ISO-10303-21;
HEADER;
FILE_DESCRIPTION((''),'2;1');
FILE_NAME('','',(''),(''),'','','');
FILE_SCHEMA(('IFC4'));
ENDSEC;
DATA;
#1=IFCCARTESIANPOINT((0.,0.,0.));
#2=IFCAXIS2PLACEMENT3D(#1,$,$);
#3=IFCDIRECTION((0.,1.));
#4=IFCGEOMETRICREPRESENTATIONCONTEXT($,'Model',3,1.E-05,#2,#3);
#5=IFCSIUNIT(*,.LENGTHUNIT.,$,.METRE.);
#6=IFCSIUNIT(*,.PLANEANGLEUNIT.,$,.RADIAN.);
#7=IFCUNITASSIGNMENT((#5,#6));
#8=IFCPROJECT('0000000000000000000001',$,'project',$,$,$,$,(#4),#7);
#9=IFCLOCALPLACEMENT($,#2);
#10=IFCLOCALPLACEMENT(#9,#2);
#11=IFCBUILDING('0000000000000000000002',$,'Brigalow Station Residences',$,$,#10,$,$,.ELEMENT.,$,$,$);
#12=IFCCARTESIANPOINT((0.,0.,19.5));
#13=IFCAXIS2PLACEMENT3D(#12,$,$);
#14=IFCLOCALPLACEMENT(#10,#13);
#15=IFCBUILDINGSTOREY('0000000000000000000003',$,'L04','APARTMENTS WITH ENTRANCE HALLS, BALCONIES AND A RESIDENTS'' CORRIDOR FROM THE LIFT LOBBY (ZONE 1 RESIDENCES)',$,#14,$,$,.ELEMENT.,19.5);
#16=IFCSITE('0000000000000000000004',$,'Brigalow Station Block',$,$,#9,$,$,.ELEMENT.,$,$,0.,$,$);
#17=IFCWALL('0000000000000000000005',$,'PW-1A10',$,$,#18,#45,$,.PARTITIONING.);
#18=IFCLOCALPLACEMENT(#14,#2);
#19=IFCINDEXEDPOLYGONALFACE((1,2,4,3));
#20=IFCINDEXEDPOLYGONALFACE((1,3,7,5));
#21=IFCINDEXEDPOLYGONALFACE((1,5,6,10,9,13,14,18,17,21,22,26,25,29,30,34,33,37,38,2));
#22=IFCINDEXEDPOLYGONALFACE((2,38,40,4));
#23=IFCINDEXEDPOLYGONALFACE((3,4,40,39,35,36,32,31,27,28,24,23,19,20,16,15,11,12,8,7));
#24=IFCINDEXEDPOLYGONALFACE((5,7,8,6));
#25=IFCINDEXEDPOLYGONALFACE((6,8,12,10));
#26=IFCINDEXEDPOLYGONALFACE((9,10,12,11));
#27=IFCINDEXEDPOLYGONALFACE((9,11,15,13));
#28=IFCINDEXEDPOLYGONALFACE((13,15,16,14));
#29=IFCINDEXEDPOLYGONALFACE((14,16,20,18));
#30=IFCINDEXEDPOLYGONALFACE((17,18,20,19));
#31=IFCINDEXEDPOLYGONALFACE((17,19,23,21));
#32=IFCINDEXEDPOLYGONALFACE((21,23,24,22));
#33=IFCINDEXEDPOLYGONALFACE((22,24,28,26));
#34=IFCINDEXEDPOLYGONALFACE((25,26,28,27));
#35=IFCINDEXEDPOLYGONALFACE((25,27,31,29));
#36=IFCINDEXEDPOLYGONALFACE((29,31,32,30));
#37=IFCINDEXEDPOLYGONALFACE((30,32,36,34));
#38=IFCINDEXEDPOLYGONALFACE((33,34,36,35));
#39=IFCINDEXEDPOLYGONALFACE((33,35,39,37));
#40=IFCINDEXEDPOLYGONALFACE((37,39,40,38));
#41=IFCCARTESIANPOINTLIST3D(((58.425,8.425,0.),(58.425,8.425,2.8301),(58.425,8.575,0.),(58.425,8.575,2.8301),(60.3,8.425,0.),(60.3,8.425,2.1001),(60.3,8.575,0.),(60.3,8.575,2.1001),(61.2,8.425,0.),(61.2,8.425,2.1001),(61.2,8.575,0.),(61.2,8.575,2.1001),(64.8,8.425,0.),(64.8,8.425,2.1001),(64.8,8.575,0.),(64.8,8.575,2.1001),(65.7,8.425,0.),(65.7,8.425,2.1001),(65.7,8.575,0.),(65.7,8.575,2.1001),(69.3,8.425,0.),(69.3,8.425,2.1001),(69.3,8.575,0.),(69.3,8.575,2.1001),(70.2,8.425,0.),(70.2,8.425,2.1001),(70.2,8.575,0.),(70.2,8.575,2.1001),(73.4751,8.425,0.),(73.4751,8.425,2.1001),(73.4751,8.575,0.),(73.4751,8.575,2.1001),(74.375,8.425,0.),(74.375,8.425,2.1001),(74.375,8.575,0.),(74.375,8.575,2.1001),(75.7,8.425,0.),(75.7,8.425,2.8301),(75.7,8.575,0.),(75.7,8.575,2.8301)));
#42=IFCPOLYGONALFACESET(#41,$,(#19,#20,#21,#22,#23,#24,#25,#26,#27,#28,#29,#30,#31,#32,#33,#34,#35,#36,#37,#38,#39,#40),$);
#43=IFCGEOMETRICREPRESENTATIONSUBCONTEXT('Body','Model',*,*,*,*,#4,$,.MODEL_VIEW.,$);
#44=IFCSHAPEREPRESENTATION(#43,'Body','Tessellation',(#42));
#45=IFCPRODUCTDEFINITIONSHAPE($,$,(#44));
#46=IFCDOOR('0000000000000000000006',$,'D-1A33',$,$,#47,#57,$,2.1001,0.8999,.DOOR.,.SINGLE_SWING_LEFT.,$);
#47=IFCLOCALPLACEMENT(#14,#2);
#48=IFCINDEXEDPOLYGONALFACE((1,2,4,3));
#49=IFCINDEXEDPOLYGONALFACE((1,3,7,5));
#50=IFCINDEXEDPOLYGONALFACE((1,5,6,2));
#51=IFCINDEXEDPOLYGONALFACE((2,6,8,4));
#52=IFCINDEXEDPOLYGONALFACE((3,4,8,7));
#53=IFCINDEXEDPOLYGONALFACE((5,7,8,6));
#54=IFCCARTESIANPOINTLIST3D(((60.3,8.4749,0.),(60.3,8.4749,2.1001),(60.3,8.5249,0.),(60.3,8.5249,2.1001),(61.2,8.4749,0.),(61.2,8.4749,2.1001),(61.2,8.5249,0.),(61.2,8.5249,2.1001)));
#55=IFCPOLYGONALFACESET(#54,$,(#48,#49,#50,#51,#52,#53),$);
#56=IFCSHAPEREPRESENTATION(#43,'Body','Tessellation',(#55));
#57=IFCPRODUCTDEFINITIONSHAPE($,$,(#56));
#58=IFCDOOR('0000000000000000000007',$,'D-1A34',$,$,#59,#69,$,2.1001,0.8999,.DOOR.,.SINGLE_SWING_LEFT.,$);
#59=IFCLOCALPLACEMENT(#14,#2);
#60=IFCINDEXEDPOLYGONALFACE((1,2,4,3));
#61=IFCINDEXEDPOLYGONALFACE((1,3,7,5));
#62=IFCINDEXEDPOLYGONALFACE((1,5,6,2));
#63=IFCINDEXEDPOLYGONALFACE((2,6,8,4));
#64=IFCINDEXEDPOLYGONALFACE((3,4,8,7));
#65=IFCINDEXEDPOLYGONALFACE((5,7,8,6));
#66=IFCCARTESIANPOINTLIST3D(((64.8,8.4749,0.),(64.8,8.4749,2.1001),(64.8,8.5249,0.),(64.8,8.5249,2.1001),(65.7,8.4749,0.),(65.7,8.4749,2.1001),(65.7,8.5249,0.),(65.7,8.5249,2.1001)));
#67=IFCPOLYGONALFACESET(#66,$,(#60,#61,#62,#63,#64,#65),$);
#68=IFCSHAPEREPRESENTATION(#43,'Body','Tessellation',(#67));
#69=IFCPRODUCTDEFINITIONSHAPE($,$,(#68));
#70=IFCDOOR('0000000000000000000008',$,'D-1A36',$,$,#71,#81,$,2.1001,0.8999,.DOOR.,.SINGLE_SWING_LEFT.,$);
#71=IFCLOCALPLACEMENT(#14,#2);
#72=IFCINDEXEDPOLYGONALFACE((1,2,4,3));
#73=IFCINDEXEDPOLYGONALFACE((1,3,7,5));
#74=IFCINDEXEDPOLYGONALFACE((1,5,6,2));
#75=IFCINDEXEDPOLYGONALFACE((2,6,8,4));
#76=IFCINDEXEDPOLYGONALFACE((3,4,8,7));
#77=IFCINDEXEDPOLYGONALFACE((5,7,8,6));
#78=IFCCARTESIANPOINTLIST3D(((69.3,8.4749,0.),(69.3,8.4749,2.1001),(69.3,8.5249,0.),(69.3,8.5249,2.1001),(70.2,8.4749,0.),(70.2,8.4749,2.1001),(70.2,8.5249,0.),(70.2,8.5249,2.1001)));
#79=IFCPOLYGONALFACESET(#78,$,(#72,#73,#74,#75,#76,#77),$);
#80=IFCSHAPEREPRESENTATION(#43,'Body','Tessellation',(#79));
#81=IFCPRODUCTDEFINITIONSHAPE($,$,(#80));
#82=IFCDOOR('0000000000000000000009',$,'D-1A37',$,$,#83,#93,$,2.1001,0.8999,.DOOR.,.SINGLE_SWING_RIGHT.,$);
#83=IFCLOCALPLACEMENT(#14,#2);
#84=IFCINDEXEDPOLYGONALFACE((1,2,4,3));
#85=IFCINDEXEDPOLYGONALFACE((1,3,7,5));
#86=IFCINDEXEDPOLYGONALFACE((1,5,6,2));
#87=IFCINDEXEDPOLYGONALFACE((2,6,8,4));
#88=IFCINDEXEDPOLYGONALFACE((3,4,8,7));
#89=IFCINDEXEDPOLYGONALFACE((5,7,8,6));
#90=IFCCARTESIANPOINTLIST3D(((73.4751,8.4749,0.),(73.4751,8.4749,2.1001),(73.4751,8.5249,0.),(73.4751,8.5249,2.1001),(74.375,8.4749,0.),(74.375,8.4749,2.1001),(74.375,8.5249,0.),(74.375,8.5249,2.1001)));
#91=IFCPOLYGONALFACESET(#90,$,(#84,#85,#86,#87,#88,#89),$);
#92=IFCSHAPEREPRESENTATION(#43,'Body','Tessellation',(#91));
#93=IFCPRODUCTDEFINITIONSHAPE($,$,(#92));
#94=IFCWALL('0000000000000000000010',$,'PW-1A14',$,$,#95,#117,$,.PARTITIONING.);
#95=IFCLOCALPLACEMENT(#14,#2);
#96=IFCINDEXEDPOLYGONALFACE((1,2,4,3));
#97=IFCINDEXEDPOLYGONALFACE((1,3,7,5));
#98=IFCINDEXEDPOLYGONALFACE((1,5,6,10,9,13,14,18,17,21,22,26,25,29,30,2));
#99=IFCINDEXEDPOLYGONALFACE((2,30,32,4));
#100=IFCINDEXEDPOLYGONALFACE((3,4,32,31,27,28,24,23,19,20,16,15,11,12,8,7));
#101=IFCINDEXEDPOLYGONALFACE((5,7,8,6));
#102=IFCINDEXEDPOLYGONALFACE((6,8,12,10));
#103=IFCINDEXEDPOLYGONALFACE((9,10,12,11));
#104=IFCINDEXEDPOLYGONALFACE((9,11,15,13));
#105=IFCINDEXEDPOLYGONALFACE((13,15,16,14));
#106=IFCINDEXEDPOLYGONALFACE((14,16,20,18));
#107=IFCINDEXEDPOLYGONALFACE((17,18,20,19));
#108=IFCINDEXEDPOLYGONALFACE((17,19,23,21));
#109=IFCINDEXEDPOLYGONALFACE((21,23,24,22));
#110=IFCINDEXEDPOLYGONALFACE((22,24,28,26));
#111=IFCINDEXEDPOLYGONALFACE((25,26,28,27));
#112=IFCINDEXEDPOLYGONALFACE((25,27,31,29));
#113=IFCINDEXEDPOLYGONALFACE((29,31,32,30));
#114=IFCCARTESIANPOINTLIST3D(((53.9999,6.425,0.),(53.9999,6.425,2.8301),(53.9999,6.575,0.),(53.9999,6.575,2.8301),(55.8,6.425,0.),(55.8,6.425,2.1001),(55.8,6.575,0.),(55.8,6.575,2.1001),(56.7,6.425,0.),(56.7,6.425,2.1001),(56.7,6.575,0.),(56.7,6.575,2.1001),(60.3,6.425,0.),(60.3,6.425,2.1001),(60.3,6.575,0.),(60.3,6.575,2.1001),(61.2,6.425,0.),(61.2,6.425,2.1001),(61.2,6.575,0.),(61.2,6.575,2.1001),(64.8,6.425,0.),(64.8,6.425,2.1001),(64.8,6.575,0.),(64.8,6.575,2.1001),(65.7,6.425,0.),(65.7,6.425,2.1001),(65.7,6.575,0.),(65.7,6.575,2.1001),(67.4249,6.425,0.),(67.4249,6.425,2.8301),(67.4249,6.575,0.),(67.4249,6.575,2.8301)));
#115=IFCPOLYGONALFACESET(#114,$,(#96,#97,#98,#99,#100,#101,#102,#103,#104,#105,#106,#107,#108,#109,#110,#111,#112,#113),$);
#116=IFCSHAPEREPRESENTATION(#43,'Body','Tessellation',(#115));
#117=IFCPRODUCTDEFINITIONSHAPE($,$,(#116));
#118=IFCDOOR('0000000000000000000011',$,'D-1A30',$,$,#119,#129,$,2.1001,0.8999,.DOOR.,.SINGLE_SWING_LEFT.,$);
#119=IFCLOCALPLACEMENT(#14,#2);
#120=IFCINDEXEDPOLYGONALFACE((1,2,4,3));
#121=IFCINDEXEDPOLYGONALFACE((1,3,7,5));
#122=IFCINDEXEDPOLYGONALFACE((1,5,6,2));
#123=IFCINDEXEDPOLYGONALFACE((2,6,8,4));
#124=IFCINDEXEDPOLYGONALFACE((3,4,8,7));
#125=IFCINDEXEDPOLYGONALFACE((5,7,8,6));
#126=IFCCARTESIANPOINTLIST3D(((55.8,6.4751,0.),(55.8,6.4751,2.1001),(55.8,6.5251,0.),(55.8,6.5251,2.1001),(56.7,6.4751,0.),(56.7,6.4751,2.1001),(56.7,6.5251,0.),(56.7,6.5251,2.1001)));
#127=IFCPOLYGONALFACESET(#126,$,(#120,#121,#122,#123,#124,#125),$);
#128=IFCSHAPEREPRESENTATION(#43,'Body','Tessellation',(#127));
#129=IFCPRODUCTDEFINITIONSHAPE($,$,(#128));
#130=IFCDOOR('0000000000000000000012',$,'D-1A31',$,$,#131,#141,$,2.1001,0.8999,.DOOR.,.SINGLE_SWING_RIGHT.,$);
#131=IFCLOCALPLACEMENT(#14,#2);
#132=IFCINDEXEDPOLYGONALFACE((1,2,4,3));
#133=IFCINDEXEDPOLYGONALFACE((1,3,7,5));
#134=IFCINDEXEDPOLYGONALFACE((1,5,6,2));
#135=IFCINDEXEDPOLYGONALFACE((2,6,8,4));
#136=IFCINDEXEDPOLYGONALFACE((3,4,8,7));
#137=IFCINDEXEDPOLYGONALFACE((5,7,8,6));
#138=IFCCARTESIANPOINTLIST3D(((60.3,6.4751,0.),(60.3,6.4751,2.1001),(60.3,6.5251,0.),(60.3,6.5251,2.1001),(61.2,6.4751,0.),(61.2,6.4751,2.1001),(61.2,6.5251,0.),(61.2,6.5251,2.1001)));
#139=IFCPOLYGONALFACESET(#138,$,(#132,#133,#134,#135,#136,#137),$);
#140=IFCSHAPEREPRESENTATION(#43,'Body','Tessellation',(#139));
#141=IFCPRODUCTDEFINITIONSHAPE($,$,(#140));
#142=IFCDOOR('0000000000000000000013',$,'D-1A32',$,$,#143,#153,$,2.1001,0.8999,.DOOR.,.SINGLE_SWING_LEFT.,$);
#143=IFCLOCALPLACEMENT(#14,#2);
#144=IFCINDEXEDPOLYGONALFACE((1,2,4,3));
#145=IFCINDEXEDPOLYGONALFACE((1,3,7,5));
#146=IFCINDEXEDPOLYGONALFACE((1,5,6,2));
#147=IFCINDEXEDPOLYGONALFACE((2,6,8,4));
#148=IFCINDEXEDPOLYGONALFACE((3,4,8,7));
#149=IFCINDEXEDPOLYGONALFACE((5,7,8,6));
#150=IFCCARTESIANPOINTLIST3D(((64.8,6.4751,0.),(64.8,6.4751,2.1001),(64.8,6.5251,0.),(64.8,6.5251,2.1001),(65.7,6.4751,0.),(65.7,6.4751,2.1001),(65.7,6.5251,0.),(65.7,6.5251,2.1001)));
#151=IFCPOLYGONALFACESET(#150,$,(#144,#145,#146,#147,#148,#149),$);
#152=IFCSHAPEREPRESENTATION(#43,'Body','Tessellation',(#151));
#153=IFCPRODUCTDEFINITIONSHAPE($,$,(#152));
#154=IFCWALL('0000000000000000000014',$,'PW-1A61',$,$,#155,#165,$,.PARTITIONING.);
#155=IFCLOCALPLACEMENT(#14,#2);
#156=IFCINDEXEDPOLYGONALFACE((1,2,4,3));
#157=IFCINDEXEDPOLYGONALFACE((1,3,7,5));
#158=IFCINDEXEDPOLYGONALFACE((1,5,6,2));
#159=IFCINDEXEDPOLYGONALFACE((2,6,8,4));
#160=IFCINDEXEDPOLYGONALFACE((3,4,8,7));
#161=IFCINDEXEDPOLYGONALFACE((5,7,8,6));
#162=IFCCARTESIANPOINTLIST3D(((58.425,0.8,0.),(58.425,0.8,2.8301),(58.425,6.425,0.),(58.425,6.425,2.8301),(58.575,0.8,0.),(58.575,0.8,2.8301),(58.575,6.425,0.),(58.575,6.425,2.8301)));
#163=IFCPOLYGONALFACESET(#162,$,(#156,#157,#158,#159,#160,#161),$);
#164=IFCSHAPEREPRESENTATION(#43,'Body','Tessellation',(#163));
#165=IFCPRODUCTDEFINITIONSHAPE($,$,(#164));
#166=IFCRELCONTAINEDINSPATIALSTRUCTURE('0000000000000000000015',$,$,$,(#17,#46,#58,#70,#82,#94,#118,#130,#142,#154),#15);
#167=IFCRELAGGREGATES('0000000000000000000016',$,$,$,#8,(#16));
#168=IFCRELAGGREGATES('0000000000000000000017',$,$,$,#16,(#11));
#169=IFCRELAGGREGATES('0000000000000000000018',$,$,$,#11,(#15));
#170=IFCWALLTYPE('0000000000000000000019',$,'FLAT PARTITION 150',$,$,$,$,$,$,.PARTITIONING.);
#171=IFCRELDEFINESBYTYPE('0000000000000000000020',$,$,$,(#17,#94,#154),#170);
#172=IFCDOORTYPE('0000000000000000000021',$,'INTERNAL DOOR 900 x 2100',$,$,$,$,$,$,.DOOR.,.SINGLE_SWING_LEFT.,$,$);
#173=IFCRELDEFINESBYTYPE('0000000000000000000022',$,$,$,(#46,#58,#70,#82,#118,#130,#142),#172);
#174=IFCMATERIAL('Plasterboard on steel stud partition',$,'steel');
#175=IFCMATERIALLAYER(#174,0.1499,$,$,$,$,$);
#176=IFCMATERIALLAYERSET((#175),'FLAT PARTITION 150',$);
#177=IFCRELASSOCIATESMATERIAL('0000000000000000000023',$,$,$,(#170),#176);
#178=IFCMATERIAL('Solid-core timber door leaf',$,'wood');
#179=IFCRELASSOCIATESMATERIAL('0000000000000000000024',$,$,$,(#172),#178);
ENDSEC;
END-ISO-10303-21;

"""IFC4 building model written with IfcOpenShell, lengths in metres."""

from ifc_helpers import new_model, si_unit, direction, frame, frame_2d, origin, place, context, subcontext, project, spatial, rectangle, extrude, material, layer, layer_set, type_object, element, fill, save


model = new_model("IFC4")

# Units and contexts
model_context = context("Model", 3, precision=1e-05, world=origin(), true_north=direction((0.0, 1.0)))
body_context = subcontext(model_context, "Body", "Model", "MODEL_VIEW")
ifc_project = project(units=[si_unit("LENGTHUNIT", "METRE"), si_unit("PLANEANGLEUNIT", "RADIAN")], contexts=[model_context])

# Site, building, storey
site_placement = place(None, origin())
site = spatial("IfcSite", under=ifc_project, at=site_placement, Name="Brigalow Station Block", CompositionType="ELEMENT", RefElevation=0.0)
building_placement = place(site_placement, origin())
building = spatial("IfcBuilding", under=site, at=building_placement, Name="Brigalow Station Residences", CompositionType="ELEMENT")
storey_placement = place(building_placement, frame((0.0, 0.0, 19.5)))
storey = spatial("IfcBuildingStorey", under=building, at=storey_placement, Name="L04", Description="APARTMENTS WITH ENTRANCE HALLS, BALCONIES AND A RESIDENTS' CORRIDOR FROM THE LIFT LOBBY (ZONE 1 RESIDENCES)", CompositionType="ELEMENT", Elevation=19.5)

# Walls, openings, doors
ifc_material_1 = material(Name="Plasterboard on steel stud partition", Category="steel")
ifc_layer_1 = layer(ifc_material_1, 0.1499)
ifc_layer_set_1 = layer_set([ifc_layer_1], Name="FLAT PARTITION 150")
wall_type_1 = type_object("IfcWallType", Name="FLAT PARTITION 150", PredefinedType="PARTITIONING", material=ifc_layer_set_1)
wall_1_placement = place(storey_placement, frame((58.425, 8.5, 0.0), z_axis=(0.0, 0.0, 1.0), x_axis=(1.0, 0.0, 0.0)))
wall_1 = element("IfcWall", 1, at=wall_1_placement, inside=storey, type_object=wall_type_1, Name="PW-1A10", PredefinedType="PARTITIONING", context=body_context, shape_type="SweptSolid", body=[
    extrude(rectangle(XDim=17.2749, YDim=0.1499, at=frame_2d((8.6375, 0.0))), origin(), (0.0, 0.0, 1.0), 2.8301),
])
opening_1_placement = place(wall_1_placement, frame((1.875, 0.0, 0.0)))
opening_1 = element("IfcOpeningElement", 2, at=opening_1_placement, cuts=wall_1, PredefinedType="OPENING", context=body_context, shape_type="SweptSolid", body=[
    extrude(rectangle(XDim=0.8999, YDim=2.1001, at=frame_2d((0.45, 1.05))), frame((0.0, 0.085, 0.0), z_axis=(0.0, -1.0, 0.0), x_axis=(1.0, 0.0, 0.0)), (0.0, 0.0, 1.0), 0.1699),
])
opening_2_placement = place(wall_1_placement, frame((6.375, 0.0, 0.0)))
opening_2 = element("IfcOpeningElement", 3, at=opening_2_placement, cuts=wall_1, PredefinedType="OPENING", context=body_context, shape_type="SweptSolid", body=[
    extrude(rectangle(XDim=0.8999, YDim=2.1001, at=frame_2d((0.45, 1.05))), frame((0.0, 0.085, 0.0), z_axis=(0.0, -1.0, 0.0), x_axis=(1.0, 0.0, 0.0)), (0.0, 0.0, 1.0), 0.1699),
])
opening_3_placement = place(wall_1_placement, frame((10.875, 0.0, 0.0)))
opening_3 = element("IfcOpeningElement", 4, at=opening_3_placement, cuts=wall_1, PredefinedType="OPENING", context=body_context, shape_type="SweptSolid", body=[
    extrude(rectangle(XDim=0.8999, YDim=2.1001, at=frame_2d((0.45, 1.05))), frame((0.0, 0.085, 0.0), z_axis=(0.0, -1.0, 0.0), x_axis=(1.0, 0.0, 0.0)), (0.0, 0.0, 1.0), 0.1699),
])
opening_4_placement = place(wall_1_placement, frame((15.05, 0.0, 0.0)))
opening_4 = element("IfcOpeningElement", 5, at=opening_4_placement, cuts=wall_1, PredefinedType="OPENING", context=body_context, shape_type="SweptSolid", body=[
    extrude(rectangle(XDim=0.8999, YDim=2.1001, at=frame_2d((0.45, 1.05))), frame((0.0, 0.085, 0.0), z_axis=(0.0, -1.0, 0.0), x_axis=(1.0, 0.0, 0.0)), (0.0, 0.0, 1.0), 0.1699),
])
ifc_material_2 = material(Name="Solid-core timber door leaf", Category="wood")
door_type = type_object("IfcDoorType", Name="INTERNAL DOOR 900 x 2100", OperationType="SINGLE_SWING_LEFT", PredefinedType="DOOR", material=ifc_material_2)
door_1_placement = place(opening_1_placement, origin())
door_1 = element("IfcDoor", 6, at=door_1_placement, inside=storey, type_object=door_type, Name="D-1A33", OperationType="SINGLE_SWING_LEFT", OverallHeight=2.1001, OverallWidth=0.8999, PredefinedType="DOOR", context=body_context, shape_type="SweptSolid", body=[
    extrude(rectangle(XDim=0.8999, YDim=2.1001, at=frame_2d((0.45, 1.05))), frame((0.0, 0.0249, 0.0), z_axis=(0.0, -1.0, 0.0), x_axis=(1.0, 0.0, 0.0)), (0.0, 0.0, 1.0), 0.05),
])
fill(opening_1, door_1)
door_2_placement = place(opening_2_placement, origin())
door_2 = element("IfcDoor", 7, at=door_2_placement, inside=storey, type_object=door_type, Name="D-1A34", OperationType="SINGLE_SWING_LEFT", OverallHeight=2.1001, OverallWidth=0.8999, PredefinedType="DOOR", context=body_context, shape_type="SweptSolid", body=[
    extrude(rectangle(XDim=0.8999, YDim=2.1001, at=frame_2d((0.45, 1.05))), frame((0.0, 0.0249, 0.0), z_axis=(0.0, -1.0, 0.0), x_axis=(1.0, 0.0, 0.0)), (0.0, 0.0, 1.0), 0.05),
])
fill(opening_2, door_2)
door_3_placement = place(opening_3_placement, origin())
door_3 = element("IfcDoor", 8, at=door_3_placement, inside=storey, type_object=door_type, Name="D-1A36", OperationType="SINGLE_SWING_LEFT", OverallHeight=2.1001, OverallWidth=0.8999, PredefinedType="DOOR", context=body_context, shape_type="SweptSolid", body=[
    extrude(rectangle(XDim=0.8999, YDim=2.1001, at=frame_2d((0.45, 1.05))), frame((0.0, 0.0249, 0.0), z_axis=(0.0, -1.0, 0.0), x_axis=(1.0, 0.0, 0.0)), (0.0, 0.0, 1.0), 0.05),
])
fill(opening_3, door_3)
door_4_placement = place(opening_4_placement, origin())
door_4 = element("IfcDoor", 9, at=door_4_placement, inside=storey, type_object=door_type, Name="D-1A37", OperationType="SINGLE_SWING_RIGHT", OverallHeight=2.1001, OverallWidth=0.8999, PredefinedType="DOOR", context=body_context, shape_type="SweptSolid", body=[
    extrude(rectangle(XDim=0.8999, YDim=2.1001, at=frame_2d((0.45, 1.05))), frame((0.0, 0.0249, 0.0), z_axis=(0.0, -1.0, 0.0), x_axis=(1.0, 0.0, 0.0)), (0.0, 0.0, 1.0), 0.05),
])
fill(opening_4, door_4)
wall_2_placement = place(storey_placement, frame((54.0, 6.5, 0.0), z_axis=(0.0, 0.0, 1.0), x_axis=(1.0, 0.0, 0.0)))
wall_2 = element("IfcWall", 10, at=wall_2_placement, inside=storey, type_object=wall_type_1, Name="PW-1A14", PredefinedType="PARTITIONING", context=body_context, shape_type="SweptSolid", body=[
    extrude(rectangle(XDim=13.425, YDim=0.1499, at=frame_2d((6.7124, 0.0))), origin(), (0.0, 0.0, 1.0), 2.8301),
])
opening_5_placement = place(wall_2_placement, frame((1.8, 0.0, 0.0)))
opening_5 = element("IfcOpeningElement", 11, at=opening_5_placement, cuts=wall_2, PredefinedType="OPENING", context=body_context, shape_type="SweptSolid", body=[
    extrude(rectangle(XDim=0.8999, YDim=2.1001, at=frame_2d((0.45, 1.05))), frame((0.0, 0.085, 0.0), z_axis=(0.0, -1.0, 0.0), x_axis=(1.0, 0.0, 0.0)), (0.0, 0.0, 1.0), 0.1699),
])
opening_6_placement = place(wall_2_placement, frame((6.3, 0.0, 0.0)))
opening_6 = element("IfcOpeningElement", 12, at=opening_6_placement, cuts=wall_2, PredefinedType="OPENING", context=body_context, shape_type="SweptSolid", body=[
    extrude(rectangle(XDim=0.8999, YDim=2.1001, at=frame_2d((0.45, 1.05))), frame((0.0, 0.085, 0.0), z_axis=(0.0, -1.0, 0.0), x_axis=(1.0, 0.0, 0.0)), (0.0, 0.0, 1.0), 0.1699),
])
opening_7_placement = place(wall_2_placement, frame((10.8, 0.0, 0.0)))
opening_7 = element("IfcOpeningElement", 13, at=opening_7_placement, cuts=wall_2, PredefinedType="OPENING", context=body_context, shape_type="SweptSolid", body=[
    extrude(rectangle(XDim=0.8999, YDim=2.1001, at=frame_2d((0.45, 1.05))), frame((0.0, 0.085, 0.0), z_axis=(0.0, -1.0, 0.0), x_axis=(1.0, 0.0, 0.0)), (0.0, 0.0, 1.0), 0.1699),
])
door_5_placement = place(opening_5_placement, frame((0.8999, 0.0, 0.0), z_axis=(0.0, 0.0, 1.0), x_axis=(-1.0, 0.0, 0.0)))
door_5 = element("IfcDoor", 14, at=door_5_placement, inside=storey, type_object=door_type, Name="D-1A30", OperationType="SINGLE_SWING_LEFT", OverallHeight=2.1001, OverallWidth=0.8999, PredefinedType="DOOR", context=body_context, shape_type="SweptSolid", body=[
    extrude(rectangle(XDim=0.8999, YDim=2.1001, at=frame_2d((0.45, 1.05))), frame((0.0, 0.0249, 0.0), z_axis=(0.0, -1.0, 0.0), x_axis=(1.0, 0.0, 0.0)), (0.0, 0.0, 1.0), 0.05),
])
fill(opening_5, door_5)
door_6_placement = place(opening_6_placement, frame((0.8999, 0.0, 0.0), z_axis=(0.0, 0.0, 1.0), x_axis=(-1.0, 0.0, 0.0)))
door_6 = element("IfcDoor", 15, at=door_6_placement, inside=storey, type_object=door_type, Name="D-1A31", OperationType="SINGLE_SWING_RIGHT", OverallHeight=2.1001, OverallWidth=0.8999, PredefinedType="DOOR", context=body_context, shape_type="SweptSolid", body=[
    extrude(rectangle(XDim=0.8999, YDim=2.1001, at=frame_2d((0.45, 1.05))), frame((0.0, 0.0249, 0.0), z_axis=(0.0, -1.0, 0.0), x_axis=(1.0, 0.0, 0.0)), (0.0, 0.0, 1.0), 0.05),
])
fill(opening_6, door_6)
door_7_placement = place(opening_7_placement, frame((0.8999, 0.0, 0.0), z_axis=(0.0, 0.0, 1.0), x_axis=(-1.0, 0.0, 0.0)))
door_7 = element("IfcDoor", 16, at=door_7_placement, inside=storey, type_object=door_type, Name="D-1A32", OperationType="SINGLE_SWING_LEFT", OverallHeight=2.1001, OverallWidth=0.8999, PredefinedType="DOOR", context=body_context, shape_type="SweptSolid", body=[
    extrude(rectangle(XDim=0.8999, YDim=2.1001, at=frame_2d((0.45, 1.05))), frame((0.0, 0.0249, 0.0), z_axis=(0.0, -1.0, 0.0), x_axis=(1.0, 0.0, 0.0)), (0.0, 0.0, 1.0), 0.05),
])
fill(opening_7, door_7)

# Wall
wall_3_placement = place(storey_placement, frame((58.5, 0.8, 0.0), z_axis=(0.0, 0.0, 1.0), x_axis=(0.0, 1.0, 0.0)))
element("IfcWall", 17, at=wall_3_placement, inside=storey, type_object=wall_type_1, Name="PW-1A61", PredefinedType="PARTITIONING", context=body_context, shape_type="SweptSolid", body=[
    extrude(rectangle(XDim=5.625, YDim=0.1499, at=frame_2d((2.8125, 0.0))), origin(), (0.0, 0.0, 1.0), 2.8301),
])

save(model, "model.ifc")
